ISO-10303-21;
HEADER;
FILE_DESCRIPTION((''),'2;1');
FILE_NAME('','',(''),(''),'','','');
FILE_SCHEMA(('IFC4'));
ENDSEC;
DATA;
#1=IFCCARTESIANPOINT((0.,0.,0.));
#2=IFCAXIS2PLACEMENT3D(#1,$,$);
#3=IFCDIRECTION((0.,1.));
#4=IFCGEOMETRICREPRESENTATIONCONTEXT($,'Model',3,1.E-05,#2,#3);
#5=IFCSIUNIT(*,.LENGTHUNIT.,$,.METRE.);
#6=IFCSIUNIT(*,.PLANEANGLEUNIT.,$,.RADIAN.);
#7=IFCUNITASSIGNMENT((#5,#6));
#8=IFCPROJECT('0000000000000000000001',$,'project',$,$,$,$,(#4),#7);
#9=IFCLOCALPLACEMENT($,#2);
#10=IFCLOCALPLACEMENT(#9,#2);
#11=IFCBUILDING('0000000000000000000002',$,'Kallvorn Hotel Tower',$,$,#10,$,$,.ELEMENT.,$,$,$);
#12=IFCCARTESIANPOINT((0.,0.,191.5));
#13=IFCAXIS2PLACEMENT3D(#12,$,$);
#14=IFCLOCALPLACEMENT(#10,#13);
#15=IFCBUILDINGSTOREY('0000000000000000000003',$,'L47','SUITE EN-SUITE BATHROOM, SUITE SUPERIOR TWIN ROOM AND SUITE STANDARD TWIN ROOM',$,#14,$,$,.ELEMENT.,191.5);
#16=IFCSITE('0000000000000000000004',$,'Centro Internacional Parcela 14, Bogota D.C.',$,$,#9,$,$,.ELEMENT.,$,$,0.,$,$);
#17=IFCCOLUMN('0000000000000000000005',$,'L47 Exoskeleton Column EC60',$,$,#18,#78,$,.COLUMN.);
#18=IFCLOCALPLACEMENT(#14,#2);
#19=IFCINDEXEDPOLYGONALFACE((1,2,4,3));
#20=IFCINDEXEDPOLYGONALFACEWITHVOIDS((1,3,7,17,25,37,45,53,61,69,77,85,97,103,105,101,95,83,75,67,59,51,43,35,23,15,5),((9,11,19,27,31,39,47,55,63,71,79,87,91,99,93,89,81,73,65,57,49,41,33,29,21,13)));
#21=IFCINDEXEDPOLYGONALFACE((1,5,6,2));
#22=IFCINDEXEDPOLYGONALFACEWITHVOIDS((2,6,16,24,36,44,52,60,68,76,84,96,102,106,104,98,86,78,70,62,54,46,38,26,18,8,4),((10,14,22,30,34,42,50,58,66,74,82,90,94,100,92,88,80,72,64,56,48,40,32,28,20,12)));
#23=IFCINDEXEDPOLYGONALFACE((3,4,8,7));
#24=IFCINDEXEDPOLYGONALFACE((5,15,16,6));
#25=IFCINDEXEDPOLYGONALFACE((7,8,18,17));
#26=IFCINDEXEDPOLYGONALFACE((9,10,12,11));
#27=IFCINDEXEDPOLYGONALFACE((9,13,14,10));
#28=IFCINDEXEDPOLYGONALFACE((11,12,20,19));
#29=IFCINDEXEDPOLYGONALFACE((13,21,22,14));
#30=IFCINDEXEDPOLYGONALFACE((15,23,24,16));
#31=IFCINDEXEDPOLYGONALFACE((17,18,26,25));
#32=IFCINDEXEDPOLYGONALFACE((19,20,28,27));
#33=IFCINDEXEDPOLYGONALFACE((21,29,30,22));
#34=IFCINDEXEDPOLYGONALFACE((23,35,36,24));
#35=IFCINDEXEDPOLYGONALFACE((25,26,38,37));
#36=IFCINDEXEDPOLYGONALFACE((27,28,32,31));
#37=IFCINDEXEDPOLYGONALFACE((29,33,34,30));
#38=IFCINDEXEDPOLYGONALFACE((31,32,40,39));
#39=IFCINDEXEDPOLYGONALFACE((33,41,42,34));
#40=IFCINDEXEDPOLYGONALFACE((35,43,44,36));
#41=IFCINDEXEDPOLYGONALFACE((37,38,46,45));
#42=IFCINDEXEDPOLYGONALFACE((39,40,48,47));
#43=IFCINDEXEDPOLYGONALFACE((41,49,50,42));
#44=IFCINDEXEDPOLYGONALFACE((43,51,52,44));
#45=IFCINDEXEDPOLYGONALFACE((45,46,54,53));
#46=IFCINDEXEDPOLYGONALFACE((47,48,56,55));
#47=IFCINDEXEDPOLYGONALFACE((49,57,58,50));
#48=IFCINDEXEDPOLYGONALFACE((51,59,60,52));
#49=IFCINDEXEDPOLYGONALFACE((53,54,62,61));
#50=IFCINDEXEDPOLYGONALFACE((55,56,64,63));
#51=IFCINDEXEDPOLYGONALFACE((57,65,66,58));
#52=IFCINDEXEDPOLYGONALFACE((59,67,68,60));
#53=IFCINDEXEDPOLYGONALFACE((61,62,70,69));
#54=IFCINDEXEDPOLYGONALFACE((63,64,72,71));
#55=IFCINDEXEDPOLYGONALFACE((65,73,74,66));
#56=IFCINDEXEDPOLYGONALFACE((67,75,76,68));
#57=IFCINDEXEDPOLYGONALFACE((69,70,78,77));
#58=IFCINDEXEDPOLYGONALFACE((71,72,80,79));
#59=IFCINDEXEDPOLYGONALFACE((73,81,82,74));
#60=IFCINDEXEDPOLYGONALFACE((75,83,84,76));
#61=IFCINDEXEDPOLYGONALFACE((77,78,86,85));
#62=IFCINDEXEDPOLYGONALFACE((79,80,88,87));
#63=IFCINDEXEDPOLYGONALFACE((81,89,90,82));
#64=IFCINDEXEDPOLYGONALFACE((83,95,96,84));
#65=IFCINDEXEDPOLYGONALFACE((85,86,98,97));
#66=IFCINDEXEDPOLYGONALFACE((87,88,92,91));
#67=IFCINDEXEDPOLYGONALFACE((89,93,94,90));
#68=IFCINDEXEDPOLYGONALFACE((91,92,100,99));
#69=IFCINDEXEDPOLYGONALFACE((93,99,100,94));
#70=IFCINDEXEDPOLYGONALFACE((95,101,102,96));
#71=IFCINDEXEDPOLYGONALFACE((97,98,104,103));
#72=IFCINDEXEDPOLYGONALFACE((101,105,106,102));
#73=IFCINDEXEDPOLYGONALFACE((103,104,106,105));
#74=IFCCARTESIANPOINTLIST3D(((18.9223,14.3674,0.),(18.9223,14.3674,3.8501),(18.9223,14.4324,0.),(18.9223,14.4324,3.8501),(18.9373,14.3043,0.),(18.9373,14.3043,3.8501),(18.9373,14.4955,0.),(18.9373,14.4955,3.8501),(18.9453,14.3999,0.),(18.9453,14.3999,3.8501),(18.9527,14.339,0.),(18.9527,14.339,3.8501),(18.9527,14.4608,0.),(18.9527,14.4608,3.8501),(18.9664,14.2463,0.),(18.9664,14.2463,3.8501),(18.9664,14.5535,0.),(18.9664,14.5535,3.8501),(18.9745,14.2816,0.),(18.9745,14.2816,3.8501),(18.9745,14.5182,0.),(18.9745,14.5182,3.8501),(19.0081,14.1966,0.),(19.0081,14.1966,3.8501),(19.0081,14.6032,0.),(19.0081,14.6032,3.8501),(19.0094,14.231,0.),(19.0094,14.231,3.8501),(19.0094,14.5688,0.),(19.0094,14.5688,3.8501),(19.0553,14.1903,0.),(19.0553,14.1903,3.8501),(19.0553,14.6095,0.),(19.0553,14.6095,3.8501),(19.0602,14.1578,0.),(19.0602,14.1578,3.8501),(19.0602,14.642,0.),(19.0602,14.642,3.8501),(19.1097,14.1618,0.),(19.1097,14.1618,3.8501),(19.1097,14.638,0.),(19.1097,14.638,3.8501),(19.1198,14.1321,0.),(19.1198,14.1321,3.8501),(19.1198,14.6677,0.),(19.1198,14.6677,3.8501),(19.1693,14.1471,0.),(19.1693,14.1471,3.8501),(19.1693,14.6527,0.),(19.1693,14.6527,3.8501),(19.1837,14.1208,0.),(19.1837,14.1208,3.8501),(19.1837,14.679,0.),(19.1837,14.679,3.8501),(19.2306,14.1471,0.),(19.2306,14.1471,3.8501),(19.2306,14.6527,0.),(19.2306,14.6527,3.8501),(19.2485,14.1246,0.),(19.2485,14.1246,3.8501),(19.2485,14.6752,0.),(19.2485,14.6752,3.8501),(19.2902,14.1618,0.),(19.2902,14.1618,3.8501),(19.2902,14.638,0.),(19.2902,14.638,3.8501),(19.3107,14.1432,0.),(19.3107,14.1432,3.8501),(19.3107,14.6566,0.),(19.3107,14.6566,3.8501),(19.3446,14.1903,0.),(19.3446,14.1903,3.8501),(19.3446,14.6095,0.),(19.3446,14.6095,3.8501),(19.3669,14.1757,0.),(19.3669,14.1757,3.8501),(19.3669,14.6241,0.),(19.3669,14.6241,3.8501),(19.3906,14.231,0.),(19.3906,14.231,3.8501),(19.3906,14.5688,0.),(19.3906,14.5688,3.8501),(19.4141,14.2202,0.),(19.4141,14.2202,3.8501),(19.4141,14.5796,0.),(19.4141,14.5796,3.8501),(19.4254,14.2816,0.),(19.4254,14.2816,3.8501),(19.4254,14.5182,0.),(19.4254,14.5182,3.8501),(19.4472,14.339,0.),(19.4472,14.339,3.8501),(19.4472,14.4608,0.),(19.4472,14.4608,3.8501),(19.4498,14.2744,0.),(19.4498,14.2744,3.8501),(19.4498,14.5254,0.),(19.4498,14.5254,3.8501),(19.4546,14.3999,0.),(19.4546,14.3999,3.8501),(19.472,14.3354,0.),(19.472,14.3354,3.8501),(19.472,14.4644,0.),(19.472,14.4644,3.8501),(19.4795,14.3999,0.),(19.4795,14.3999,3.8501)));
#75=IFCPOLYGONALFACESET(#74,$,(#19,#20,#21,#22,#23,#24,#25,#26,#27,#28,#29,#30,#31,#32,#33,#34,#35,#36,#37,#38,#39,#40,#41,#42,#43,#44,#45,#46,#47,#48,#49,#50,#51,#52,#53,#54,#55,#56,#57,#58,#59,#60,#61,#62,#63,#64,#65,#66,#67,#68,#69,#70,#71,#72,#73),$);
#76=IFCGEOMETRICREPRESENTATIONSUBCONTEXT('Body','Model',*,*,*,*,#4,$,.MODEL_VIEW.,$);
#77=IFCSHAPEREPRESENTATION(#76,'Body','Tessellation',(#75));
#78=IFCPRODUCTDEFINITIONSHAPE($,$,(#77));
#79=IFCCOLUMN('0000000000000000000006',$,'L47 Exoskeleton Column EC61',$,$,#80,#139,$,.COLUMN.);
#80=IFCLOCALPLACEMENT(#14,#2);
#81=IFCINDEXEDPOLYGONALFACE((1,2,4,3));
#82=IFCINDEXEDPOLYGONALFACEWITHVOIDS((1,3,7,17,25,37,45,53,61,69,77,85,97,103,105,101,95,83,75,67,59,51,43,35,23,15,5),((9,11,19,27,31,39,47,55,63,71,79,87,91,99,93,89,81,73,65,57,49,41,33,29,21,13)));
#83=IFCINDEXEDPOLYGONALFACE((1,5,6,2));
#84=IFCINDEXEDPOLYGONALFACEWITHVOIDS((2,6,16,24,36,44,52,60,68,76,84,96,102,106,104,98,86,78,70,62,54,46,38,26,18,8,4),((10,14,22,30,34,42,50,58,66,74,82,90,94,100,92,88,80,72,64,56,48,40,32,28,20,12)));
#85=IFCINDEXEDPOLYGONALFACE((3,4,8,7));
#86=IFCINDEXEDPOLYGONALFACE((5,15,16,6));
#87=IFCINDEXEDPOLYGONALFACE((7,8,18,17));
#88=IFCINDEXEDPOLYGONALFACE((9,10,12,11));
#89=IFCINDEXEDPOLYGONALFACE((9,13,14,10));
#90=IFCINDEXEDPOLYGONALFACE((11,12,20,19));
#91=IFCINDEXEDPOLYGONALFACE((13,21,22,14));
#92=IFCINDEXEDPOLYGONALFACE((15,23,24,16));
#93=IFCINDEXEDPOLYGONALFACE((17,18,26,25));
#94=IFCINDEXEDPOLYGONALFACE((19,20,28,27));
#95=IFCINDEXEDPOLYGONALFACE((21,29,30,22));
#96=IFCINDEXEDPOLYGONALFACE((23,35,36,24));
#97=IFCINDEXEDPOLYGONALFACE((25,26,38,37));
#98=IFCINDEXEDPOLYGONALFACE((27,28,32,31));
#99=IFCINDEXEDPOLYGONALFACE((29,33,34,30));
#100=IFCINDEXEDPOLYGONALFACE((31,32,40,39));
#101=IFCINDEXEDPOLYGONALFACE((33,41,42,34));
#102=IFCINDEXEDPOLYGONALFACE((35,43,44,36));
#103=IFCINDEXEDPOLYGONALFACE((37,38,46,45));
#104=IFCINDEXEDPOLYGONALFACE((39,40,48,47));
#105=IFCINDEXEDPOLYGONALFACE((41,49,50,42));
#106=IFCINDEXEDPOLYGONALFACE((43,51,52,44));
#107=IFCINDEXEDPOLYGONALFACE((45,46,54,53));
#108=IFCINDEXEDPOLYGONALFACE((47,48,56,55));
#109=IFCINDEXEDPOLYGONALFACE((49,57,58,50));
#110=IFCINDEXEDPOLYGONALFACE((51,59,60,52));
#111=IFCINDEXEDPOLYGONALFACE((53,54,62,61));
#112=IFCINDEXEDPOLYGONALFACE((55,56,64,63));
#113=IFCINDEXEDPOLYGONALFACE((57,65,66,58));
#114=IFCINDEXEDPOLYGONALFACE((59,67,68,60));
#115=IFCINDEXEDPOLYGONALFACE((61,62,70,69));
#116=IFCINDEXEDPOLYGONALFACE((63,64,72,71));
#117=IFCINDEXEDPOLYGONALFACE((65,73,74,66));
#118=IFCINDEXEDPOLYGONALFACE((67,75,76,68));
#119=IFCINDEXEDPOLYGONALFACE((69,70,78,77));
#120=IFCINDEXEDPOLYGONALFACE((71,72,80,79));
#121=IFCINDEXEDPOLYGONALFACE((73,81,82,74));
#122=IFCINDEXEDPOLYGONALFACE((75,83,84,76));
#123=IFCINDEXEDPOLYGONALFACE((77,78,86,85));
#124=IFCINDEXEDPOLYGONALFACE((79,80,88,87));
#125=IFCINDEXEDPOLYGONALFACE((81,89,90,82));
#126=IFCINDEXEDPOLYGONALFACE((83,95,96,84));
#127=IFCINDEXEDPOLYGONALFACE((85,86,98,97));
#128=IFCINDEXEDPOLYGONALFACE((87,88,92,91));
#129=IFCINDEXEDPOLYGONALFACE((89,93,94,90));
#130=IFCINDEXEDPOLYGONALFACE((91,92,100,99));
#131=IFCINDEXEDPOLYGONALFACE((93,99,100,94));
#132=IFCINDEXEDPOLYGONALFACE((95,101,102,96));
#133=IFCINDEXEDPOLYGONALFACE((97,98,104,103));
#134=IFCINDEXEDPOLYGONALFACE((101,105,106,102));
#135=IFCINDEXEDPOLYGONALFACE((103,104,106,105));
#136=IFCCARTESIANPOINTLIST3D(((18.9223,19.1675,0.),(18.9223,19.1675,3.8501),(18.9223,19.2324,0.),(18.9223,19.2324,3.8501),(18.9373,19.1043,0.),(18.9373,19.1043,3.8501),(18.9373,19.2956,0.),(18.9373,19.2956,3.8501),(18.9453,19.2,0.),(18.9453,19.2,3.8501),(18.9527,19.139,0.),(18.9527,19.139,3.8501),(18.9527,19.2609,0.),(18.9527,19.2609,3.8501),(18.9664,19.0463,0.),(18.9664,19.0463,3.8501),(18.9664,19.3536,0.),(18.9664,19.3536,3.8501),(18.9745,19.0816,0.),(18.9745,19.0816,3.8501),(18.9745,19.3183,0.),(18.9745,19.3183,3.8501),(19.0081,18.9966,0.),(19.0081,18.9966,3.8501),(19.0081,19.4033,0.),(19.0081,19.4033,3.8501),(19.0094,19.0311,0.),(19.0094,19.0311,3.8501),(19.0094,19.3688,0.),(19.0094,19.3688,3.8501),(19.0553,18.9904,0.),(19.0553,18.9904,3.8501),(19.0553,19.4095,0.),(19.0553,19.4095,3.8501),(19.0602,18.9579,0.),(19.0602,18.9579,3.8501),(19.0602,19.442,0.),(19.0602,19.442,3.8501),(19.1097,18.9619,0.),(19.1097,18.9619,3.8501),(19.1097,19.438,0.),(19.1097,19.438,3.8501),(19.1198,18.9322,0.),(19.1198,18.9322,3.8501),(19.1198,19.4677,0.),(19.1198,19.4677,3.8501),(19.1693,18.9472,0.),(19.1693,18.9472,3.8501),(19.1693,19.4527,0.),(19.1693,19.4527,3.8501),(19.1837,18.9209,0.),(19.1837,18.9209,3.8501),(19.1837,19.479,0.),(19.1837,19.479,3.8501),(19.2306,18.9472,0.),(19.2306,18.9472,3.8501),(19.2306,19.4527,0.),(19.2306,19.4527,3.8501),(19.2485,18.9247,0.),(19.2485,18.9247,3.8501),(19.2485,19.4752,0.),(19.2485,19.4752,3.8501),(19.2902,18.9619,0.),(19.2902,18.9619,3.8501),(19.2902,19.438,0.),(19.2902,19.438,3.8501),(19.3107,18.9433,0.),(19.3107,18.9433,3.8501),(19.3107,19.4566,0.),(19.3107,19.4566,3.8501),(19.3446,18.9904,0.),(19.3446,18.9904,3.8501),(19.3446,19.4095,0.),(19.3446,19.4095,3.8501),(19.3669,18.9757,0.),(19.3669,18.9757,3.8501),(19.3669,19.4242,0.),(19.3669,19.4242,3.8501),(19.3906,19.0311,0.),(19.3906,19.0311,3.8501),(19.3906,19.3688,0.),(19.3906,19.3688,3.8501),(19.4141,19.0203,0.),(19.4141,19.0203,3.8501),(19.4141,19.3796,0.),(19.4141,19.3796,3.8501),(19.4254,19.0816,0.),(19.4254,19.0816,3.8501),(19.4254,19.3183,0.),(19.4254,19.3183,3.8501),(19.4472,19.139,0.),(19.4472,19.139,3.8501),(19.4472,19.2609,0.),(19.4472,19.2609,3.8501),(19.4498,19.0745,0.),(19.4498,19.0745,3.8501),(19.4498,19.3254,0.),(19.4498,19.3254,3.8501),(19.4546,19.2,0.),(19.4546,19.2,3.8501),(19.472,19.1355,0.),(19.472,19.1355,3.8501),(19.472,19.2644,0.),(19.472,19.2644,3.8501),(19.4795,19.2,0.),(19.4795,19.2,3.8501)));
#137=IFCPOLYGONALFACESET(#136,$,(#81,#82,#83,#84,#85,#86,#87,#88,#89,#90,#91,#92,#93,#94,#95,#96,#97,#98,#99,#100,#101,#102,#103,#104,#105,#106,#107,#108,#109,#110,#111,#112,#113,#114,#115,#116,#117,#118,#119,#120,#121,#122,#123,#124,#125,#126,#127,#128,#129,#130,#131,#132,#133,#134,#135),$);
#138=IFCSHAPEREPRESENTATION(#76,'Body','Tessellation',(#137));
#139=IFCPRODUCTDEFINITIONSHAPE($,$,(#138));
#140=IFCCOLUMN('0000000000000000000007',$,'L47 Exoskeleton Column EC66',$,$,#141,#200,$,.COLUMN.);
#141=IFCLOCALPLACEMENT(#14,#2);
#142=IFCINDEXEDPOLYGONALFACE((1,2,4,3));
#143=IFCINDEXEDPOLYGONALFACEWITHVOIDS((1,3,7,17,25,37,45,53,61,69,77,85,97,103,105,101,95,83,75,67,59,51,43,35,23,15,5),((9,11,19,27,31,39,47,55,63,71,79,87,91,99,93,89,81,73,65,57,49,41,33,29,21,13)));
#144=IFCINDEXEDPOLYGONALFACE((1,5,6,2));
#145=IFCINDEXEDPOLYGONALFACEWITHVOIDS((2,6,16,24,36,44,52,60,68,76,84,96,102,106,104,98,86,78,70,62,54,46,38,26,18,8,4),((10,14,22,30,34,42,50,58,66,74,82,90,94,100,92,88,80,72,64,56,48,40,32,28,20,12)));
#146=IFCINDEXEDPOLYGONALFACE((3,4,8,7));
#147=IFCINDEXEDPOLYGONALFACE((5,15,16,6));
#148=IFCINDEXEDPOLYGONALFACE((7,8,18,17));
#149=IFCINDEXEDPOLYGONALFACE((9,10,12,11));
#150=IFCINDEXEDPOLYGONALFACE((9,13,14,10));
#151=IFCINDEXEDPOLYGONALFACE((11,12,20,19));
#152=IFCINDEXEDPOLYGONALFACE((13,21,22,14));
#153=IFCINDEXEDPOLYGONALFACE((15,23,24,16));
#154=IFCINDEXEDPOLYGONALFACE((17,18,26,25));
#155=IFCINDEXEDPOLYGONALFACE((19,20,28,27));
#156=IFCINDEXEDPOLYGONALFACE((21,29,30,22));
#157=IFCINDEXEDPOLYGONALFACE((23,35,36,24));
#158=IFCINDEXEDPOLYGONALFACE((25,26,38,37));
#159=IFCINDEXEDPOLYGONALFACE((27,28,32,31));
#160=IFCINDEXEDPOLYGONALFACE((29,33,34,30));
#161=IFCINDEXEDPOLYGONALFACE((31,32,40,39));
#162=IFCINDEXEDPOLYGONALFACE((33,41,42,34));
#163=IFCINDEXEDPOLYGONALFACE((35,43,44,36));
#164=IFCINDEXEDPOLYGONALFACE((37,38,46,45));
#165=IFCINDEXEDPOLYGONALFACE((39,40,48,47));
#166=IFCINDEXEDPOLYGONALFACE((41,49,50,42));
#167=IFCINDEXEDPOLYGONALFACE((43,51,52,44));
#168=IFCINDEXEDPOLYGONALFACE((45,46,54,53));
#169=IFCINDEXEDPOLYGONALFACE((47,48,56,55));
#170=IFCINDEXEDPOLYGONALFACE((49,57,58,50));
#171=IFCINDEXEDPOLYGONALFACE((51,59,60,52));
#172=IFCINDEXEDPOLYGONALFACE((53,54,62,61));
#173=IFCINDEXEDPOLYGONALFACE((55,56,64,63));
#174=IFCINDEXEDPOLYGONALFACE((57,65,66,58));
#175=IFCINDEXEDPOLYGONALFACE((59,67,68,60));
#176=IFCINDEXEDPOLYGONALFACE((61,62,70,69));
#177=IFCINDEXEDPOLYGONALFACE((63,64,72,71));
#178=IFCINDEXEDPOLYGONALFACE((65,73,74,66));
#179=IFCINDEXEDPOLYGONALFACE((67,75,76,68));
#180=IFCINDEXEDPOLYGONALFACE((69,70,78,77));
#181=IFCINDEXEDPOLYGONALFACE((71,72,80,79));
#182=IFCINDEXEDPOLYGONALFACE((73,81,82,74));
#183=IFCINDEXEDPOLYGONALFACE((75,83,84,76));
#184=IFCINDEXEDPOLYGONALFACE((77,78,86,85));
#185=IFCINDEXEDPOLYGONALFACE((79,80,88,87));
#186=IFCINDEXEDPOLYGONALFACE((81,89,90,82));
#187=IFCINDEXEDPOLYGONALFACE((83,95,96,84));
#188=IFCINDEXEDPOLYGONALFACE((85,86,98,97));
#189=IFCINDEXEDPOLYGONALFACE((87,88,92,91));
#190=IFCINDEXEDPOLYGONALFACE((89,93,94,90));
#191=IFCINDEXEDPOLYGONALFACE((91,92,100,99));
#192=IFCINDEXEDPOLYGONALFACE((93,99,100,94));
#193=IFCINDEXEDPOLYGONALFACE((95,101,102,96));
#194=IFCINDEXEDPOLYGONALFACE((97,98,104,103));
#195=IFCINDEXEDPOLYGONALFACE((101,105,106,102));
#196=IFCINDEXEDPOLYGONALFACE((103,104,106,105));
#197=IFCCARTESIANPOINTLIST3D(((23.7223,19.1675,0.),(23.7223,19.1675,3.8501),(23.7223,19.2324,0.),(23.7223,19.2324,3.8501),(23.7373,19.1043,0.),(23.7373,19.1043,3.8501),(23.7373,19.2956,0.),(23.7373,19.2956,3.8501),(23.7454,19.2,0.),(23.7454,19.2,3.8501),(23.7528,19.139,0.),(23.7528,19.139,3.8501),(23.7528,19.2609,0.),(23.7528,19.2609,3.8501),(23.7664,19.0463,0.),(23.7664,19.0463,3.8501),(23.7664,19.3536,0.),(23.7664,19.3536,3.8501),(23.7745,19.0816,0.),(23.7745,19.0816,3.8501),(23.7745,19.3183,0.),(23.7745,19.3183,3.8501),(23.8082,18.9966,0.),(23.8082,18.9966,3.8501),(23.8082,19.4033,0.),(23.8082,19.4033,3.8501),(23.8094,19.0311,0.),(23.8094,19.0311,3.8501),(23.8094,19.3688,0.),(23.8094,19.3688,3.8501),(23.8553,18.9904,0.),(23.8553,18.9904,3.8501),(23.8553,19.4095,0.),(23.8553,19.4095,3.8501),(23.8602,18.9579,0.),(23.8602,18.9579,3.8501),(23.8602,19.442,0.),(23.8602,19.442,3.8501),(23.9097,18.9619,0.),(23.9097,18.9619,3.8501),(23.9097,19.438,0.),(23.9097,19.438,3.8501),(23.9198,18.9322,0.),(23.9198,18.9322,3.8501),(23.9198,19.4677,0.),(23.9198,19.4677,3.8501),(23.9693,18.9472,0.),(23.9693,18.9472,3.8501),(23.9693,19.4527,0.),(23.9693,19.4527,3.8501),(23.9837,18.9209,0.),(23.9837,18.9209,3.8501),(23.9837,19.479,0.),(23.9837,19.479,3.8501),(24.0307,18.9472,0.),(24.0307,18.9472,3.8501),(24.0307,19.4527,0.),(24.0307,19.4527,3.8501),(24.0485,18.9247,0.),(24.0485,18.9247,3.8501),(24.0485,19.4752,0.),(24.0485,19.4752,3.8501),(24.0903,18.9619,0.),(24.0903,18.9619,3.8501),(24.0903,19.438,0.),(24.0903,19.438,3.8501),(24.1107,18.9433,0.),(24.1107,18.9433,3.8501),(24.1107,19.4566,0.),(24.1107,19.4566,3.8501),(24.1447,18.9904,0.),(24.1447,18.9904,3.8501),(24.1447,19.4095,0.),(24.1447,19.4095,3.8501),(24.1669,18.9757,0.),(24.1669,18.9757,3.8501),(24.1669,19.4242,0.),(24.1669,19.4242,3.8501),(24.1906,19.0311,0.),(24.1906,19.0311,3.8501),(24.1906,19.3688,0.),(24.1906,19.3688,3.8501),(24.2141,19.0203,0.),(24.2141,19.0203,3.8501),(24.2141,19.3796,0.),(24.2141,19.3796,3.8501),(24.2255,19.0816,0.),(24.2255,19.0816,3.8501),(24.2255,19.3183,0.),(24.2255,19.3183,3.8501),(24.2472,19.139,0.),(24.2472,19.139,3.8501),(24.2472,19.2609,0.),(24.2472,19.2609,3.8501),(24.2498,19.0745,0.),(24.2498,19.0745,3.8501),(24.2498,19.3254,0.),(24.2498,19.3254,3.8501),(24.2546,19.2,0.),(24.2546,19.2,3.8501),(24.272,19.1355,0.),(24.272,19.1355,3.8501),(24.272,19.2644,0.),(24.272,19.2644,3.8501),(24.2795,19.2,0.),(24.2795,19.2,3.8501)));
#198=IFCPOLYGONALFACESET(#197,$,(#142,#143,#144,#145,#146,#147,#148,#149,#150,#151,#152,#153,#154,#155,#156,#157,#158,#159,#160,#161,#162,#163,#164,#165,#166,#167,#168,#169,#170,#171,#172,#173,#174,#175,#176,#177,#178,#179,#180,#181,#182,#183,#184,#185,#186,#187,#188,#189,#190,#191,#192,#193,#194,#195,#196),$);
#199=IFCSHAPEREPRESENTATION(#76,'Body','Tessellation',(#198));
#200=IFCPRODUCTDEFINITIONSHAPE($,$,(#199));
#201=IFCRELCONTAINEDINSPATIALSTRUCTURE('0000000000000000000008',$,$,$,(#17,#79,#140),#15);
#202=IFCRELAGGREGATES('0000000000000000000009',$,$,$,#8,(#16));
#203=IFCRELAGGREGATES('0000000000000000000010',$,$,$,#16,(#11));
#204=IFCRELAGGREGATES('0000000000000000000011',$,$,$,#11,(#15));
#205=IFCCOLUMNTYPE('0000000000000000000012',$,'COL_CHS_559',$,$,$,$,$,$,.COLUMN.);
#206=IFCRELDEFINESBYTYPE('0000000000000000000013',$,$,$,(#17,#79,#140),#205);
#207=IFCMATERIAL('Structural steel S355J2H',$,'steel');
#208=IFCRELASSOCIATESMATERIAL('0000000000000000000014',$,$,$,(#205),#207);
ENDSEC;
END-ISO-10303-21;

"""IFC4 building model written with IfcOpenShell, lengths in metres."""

from ifc_helpers import new_model, si_unit, direction, frame, origin, origin_2d, place, context, subcontext, project, spatial, hollow_circle, extrude, material, material_profile, profile_set, type_object, element, save


model = new_model("IFC4")

# Units and contexts
model_context = context("Model", 3, precision=1e-05, world=origin(), true_north=direction((0.0, 1.0)))
body_context = subcontext(model_context, "Body", "Model", "MODEL_VIEW")
ifc_project = project(units=[si_unit("LENGTHUNIT", "METRE"), si_unit("PLANEANGLEUNIT", "RADIAN")], contexts=[model_context])

# Site, building, storey
site_placement = place(None, origin())
site = spatial("IfcSite", under=ifc_project, at=site_placement, Name="Centro Internacional Parcela 14, Bogota D.C.", CompositionType="ELEMENT", RefElevation=0.0)
building_placement = place(site_placement, origin())
building = spatial("IfcBuilding", under=site, at=building_placement, Name="Kallvorn Hotel Tower", CompositionType="ELEMENT")
storey_placement = place(building_placement, frame((0.0, 0.0, 191.5)))
storey = spatial("IfcBuildingStorey", under=building, at=storey_placement, Name="L47", Description="SUITE EN-SUITE BATHROOM, SUITE SUPERIOR TWIN ROOM AND SUITE STANDARD TWIN ROOM", CompositionType="ELEMENT", Elevation=191.5)

# Columns
ifc_material_1 = material(Name="Structural steel S355J2H", Category="steel")
ifc_material_profile_1 = material_profile(ifc_material_1, hollow_circle(Radius=0.2795, WallThickness=0.0249, at=origin_2d()), Name="CHS 559x25")
ifc_profile_set_1 = profile_set([ifc_material_profile_1], Name="Structural steel S355J2H")
column_type_1 = type_object("IfcColumnType", Name="COL_CHS_559", PredefinedType="COLUMN", material=ifc_profile_set_1)
for number, where, z_axis, x_axis, name in (
    (1, (19.2, 14.3999, 0.0), (0.0, 0.0, 1.0), (1.0, 0.0, 0.0), "L47 Exoskeleton Column EC60"),
    (2, (19.2, 19.2, 0.0), (0.0, 0.0, 1.0), (1.0, 0.0, 0.0), "L47 Exoskeleton Column EC61"),
    (3, (24.0, 19.2, 0.0), (0.0, 0.0, 1.0), (1.0, 0.0, 0.0), "L47 Exoskeleton Column EC66"),
):
    element("IfcColumn", number, at=place(storey_placement, frame(where, z_axis=z_axis, x_axis=x_axis)), inside=storey, type_object=column_type_1, Name=name, PredefinedType="COLUMN", context=body_context, shape_type="SweptSolid", body=[
        extrude(hollow_circle(Radius=0.2795, WallThickness=0.0249, at=origin_2d()), origin(), (0.0, 0.0, 1.0), 3.8501),
    ])

save(model, "model.ifc")
